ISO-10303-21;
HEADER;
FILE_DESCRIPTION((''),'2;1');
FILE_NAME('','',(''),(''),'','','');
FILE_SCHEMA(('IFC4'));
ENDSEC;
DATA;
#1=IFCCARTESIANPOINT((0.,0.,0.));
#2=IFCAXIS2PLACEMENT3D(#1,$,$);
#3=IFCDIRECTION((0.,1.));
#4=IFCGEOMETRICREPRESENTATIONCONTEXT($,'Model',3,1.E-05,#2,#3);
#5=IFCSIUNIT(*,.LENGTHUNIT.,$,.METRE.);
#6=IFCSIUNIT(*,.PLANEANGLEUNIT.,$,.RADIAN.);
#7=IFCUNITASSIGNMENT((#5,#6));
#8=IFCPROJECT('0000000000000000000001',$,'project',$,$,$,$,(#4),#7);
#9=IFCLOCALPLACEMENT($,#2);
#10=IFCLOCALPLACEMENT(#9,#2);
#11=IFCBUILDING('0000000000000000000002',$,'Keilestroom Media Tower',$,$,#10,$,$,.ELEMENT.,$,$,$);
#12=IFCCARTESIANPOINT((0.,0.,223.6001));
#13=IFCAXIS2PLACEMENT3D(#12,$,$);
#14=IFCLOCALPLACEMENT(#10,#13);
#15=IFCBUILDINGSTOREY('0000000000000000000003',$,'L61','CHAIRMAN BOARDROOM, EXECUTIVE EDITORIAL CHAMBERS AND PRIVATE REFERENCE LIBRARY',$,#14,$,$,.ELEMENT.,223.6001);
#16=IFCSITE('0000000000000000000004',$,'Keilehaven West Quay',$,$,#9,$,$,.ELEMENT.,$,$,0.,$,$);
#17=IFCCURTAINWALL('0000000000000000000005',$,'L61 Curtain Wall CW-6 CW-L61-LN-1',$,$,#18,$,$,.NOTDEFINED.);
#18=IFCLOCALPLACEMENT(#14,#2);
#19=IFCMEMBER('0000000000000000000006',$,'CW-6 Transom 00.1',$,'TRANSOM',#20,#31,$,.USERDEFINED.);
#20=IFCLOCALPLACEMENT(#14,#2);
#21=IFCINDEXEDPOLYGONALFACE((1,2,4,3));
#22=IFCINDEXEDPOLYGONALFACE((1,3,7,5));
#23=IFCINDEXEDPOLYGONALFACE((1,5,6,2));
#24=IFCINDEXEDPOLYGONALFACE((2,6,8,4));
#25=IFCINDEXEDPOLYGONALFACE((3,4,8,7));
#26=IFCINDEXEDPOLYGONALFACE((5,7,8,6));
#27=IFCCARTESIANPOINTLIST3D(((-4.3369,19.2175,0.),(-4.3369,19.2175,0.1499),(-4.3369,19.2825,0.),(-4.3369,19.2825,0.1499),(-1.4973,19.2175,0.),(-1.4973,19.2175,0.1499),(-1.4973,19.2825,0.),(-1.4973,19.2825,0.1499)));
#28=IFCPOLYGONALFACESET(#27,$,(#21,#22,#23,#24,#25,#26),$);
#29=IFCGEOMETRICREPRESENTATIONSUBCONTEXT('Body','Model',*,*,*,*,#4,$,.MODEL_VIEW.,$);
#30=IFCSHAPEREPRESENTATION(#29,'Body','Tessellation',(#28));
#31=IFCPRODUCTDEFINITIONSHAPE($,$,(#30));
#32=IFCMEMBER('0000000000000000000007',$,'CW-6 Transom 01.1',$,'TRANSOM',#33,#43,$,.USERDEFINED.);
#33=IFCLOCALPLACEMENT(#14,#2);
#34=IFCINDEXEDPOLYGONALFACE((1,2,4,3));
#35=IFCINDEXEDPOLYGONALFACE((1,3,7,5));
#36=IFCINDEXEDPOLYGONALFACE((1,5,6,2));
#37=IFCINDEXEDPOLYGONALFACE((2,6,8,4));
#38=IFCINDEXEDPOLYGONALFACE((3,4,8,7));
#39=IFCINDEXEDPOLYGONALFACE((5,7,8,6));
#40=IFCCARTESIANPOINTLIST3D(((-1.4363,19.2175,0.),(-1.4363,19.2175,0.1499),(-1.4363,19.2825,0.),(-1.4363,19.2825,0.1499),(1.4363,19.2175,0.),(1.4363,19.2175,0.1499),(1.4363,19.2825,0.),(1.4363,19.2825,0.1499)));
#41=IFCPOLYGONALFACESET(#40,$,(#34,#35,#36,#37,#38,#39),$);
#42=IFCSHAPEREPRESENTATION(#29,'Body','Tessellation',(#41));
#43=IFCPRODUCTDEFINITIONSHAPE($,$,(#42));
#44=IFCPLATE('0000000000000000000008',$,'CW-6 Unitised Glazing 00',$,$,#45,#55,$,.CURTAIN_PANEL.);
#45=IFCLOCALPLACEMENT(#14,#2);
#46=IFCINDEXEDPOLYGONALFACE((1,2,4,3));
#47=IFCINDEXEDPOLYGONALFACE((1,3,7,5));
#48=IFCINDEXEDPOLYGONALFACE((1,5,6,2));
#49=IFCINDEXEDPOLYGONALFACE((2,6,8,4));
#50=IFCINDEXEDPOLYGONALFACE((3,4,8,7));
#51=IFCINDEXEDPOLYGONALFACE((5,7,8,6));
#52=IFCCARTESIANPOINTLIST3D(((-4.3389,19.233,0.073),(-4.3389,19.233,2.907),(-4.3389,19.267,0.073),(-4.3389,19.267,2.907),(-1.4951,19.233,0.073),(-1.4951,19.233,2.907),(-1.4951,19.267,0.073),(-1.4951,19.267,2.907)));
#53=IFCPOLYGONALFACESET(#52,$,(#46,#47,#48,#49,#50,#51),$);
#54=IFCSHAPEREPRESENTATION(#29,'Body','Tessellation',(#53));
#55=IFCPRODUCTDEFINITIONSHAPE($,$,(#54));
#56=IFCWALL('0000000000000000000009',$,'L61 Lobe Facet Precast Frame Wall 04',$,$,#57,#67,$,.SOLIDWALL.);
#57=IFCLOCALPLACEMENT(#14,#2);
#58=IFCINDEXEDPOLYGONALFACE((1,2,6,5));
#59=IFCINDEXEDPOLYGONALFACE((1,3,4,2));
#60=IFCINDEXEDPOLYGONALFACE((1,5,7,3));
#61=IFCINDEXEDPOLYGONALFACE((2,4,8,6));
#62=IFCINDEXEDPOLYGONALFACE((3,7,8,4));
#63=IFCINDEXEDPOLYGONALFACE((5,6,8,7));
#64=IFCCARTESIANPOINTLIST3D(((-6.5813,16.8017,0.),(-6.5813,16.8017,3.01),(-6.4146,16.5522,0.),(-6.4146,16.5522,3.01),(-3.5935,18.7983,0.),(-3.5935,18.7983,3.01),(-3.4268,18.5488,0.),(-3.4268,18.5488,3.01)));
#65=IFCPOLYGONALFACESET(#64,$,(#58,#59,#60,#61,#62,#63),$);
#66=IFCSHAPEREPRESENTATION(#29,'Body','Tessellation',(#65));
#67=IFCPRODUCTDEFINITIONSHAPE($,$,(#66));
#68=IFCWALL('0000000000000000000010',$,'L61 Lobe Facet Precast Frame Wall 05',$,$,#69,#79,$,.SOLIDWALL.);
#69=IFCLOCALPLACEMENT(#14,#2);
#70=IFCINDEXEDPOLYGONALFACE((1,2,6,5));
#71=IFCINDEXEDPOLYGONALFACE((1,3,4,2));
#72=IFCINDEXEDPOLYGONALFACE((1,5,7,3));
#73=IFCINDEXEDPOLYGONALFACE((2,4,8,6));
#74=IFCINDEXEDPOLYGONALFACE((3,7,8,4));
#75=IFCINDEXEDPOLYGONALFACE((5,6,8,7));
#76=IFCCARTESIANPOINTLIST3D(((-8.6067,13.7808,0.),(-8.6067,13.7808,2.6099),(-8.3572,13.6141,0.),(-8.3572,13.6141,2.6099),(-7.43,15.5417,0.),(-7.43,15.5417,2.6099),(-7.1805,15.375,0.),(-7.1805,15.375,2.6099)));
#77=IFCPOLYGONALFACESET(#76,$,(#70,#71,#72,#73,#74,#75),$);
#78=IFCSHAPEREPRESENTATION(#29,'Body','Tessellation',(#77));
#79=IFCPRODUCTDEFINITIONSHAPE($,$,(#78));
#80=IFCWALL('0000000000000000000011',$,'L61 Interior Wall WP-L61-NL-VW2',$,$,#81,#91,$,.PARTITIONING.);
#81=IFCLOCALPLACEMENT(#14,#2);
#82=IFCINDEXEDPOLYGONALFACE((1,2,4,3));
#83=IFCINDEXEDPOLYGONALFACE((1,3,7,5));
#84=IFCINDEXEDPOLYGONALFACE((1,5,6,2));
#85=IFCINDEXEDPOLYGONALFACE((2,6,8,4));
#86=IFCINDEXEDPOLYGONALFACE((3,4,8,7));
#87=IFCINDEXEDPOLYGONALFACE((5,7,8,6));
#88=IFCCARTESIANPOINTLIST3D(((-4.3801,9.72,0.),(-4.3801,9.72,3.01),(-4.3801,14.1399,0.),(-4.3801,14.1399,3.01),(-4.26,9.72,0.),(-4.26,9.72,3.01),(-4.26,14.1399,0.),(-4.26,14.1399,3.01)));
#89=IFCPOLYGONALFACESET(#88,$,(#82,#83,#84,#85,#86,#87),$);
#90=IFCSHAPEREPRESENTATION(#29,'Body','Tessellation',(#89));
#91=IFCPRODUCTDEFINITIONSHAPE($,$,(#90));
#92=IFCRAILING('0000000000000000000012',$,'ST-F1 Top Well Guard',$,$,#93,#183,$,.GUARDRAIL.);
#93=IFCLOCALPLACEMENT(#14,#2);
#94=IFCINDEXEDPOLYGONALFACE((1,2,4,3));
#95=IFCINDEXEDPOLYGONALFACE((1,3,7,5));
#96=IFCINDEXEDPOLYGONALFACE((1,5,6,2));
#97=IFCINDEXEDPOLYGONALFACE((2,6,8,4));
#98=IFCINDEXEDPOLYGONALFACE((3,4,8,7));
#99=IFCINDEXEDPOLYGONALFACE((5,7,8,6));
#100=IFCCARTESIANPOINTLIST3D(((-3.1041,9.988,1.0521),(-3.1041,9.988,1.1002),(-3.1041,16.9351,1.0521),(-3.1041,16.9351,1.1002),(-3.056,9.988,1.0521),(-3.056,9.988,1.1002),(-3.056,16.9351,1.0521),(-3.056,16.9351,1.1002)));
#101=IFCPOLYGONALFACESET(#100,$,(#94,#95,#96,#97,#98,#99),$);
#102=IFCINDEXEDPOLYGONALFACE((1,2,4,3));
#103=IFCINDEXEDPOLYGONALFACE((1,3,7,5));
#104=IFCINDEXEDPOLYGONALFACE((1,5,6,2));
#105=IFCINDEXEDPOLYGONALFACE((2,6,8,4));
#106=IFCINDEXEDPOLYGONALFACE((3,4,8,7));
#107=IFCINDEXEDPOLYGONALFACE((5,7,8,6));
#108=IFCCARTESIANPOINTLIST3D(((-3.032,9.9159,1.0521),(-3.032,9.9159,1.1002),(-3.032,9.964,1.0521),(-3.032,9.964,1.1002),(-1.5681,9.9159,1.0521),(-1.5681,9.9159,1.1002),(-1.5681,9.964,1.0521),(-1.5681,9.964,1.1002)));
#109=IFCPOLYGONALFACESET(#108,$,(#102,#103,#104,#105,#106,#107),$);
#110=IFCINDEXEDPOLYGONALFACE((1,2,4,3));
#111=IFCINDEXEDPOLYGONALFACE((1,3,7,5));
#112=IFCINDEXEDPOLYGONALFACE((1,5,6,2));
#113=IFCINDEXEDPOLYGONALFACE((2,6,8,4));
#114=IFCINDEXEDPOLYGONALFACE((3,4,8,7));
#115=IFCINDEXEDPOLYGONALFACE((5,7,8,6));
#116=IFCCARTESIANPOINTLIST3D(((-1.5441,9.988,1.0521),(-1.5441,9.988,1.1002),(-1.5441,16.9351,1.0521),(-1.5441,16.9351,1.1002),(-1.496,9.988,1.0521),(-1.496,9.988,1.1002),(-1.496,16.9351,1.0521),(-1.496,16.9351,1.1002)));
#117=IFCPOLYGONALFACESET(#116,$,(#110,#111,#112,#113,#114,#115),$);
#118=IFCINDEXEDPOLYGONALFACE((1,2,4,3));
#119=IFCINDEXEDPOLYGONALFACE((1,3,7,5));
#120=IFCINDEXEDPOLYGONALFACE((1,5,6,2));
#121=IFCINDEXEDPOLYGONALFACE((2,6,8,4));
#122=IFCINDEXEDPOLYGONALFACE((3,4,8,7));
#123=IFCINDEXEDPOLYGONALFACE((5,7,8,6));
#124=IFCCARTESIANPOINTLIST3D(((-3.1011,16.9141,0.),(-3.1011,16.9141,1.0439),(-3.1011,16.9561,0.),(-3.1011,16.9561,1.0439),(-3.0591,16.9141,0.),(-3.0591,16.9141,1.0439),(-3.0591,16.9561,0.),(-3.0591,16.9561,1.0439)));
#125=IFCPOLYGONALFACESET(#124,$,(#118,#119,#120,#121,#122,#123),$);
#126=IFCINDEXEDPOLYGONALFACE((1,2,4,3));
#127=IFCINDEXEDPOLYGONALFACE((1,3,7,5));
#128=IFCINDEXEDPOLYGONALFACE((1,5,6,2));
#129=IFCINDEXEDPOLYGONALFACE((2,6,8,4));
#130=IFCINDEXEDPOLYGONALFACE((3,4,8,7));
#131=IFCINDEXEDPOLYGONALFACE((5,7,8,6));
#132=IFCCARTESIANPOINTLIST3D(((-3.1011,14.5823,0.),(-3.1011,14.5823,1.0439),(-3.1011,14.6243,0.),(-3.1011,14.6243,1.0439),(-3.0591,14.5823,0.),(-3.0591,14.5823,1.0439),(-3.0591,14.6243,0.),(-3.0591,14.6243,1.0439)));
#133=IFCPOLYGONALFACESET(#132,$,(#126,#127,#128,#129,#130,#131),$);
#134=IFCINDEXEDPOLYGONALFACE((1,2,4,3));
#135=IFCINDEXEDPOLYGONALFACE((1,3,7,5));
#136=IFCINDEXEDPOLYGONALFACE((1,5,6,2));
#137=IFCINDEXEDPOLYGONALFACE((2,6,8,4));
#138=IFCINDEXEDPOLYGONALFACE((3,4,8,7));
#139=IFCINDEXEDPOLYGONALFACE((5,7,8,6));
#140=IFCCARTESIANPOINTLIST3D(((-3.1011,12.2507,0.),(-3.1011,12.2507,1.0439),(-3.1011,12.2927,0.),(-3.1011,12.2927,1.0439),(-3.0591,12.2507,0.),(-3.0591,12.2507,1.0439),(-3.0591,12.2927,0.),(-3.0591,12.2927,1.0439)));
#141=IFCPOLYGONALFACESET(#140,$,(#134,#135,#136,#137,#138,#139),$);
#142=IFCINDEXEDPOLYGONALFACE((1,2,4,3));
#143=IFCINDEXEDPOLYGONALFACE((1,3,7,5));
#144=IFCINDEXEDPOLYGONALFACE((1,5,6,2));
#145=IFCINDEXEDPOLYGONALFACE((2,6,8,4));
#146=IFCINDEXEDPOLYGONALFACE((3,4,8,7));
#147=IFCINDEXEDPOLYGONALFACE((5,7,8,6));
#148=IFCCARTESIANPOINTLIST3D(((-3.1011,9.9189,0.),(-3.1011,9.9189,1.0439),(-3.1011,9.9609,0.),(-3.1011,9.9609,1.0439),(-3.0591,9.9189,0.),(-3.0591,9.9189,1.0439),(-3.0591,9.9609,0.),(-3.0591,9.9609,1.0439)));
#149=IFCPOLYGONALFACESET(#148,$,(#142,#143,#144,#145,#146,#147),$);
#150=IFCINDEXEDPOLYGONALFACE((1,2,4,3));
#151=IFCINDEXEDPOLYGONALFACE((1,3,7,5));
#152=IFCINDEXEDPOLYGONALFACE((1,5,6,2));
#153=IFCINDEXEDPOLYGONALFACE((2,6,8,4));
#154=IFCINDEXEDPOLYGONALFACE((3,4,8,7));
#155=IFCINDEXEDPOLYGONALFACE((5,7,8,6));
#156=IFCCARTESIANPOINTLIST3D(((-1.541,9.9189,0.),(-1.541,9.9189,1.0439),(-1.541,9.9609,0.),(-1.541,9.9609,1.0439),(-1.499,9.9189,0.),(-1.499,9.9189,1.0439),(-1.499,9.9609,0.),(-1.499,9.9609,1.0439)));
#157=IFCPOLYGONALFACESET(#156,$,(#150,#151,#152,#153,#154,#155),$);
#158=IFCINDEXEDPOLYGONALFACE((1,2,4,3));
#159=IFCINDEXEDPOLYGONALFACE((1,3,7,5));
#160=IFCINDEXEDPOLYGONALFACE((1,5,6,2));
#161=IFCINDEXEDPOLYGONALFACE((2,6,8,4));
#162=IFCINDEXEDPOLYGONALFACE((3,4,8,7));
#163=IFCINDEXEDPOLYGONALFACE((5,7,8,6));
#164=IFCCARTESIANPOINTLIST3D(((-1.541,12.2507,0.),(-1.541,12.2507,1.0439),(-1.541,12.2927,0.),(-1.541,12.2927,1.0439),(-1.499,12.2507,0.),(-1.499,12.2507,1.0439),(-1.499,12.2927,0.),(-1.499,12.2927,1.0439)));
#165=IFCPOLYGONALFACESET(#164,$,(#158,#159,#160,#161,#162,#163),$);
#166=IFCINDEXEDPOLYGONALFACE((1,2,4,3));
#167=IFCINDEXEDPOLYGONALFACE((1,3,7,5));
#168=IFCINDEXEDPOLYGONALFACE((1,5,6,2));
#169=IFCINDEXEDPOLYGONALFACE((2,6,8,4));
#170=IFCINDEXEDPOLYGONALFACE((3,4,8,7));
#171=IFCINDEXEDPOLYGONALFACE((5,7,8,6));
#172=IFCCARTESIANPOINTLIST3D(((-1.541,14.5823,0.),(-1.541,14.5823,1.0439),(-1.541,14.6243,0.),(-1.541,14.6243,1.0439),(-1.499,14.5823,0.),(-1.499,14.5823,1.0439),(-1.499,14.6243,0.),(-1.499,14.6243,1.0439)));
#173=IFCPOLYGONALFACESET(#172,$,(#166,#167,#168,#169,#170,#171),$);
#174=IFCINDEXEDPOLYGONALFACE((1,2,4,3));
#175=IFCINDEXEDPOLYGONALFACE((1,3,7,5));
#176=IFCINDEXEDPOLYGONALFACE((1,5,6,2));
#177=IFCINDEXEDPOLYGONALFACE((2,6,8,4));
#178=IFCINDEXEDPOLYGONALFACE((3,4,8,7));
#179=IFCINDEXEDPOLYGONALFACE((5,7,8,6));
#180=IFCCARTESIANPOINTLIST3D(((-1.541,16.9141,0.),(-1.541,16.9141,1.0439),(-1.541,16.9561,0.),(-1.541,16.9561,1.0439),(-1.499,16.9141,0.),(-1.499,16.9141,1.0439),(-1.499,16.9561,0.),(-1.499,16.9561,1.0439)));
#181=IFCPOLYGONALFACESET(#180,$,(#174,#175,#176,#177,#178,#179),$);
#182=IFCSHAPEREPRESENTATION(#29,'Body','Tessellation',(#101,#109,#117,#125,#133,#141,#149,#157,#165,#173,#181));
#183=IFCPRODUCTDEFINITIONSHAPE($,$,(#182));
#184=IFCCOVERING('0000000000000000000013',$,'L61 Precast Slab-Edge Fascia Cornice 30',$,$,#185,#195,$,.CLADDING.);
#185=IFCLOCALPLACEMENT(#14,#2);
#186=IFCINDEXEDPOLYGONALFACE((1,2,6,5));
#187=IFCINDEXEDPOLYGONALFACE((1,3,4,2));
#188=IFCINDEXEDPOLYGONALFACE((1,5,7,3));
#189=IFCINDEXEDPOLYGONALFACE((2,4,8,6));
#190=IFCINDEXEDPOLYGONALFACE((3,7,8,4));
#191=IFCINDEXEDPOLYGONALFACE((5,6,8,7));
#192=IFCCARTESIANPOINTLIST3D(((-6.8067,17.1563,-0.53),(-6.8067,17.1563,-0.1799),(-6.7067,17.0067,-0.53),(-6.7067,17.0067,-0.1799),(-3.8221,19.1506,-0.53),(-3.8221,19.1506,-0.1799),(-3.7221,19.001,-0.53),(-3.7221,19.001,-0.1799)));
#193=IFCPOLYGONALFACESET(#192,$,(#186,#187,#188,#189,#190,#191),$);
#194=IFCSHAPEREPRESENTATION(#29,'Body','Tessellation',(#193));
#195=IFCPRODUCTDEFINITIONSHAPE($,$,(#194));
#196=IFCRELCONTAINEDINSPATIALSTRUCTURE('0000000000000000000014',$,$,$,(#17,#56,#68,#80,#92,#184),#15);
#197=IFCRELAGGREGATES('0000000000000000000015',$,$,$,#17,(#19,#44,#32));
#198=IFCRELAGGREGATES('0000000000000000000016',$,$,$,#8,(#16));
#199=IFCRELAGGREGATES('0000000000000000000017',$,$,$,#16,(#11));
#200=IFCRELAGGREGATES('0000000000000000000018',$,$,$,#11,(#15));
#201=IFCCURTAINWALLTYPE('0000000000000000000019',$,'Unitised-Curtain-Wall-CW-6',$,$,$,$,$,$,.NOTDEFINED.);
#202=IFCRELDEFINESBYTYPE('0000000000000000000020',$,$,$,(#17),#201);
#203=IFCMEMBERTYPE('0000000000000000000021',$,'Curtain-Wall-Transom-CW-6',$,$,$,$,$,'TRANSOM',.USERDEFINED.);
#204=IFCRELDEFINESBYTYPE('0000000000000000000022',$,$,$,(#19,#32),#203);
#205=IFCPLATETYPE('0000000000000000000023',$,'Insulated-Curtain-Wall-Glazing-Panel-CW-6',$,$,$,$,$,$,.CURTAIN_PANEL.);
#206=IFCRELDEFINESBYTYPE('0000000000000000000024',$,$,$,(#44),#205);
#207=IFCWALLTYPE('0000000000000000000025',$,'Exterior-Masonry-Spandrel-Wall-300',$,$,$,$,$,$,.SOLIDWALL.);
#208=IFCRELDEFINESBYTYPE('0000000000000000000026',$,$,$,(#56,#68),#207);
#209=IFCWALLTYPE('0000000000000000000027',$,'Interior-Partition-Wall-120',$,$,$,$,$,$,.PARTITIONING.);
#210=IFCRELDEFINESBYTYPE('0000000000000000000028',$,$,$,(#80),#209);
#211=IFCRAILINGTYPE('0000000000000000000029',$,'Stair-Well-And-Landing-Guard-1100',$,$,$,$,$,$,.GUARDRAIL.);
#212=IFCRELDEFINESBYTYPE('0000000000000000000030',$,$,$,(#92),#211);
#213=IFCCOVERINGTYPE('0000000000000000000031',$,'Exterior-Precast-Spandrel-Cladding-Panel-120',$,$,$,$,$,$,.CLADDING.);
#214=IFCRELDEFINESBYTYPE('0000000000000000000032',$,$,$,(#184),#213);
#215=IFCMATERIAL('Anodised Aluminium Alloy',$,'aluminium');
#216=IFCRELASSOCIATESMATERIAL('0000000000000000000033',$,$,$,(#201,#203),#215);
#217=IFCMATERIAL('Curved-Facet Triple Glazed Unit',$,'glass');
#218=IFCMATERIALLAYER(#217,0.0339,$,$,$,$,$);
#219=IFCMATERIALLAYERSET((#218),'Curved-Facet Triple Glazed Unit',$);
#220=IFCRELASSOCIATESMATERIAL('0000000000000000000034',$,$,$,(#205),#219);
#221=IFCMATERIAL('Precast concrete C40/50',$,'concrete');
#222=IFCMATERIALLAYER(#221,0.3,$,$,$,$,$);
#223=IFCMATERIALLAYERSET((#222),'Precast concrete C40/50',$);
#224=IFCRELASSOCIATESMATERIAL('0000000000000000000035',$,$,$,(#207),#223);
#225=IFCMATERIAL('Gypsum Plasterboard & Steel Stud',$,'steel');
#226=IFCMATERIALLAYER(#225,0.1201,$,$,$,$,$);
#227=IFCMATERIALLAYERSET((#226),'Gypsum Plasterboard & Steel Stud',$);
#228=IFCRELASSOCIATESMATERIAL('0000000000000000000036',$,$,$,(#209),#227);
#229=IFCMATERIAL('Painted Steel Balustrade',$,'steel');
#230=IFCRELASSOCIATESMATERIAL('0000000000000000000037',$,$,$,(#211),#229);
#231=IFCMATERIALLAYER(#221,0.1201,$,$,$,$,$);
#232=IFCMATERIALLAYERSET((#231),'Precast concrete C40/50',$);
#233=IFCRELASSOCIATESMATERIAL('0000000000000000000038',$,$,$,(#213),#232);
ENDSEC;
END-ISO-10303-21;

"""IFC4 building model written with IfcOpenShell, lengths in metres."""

from ifc_helpers import new_model, si_unit, direction, frame, frame_2d, origin, origin_2d, place, context, subcontext, project, spatial, rectangle, extrude, source, transform, mapped, material, layer, layer_set, material_profile, profile_set, type_object, element, aggregate, save


model = new_model("IFC4")

# Units and contexts
model_context = context("Model", 3, precision=1e-05, world=origin(), true_north=direction((0.0, 1.0)))
body_context = subcontext(model_context, "Body", "Model", "MODEL_VIEW")
ifc_project = project(units=[si_unit("LENGTHUNIT", "METRE"), si_unit("PLANEANGLEUNIT", "RADIAN")], contexts=[model_context])

# Site, building, storey
site_placement = place(None, origin())
site = spatial("IfcSite", under=ifc_project, at=site_placement, Name="Keilehaven West Quay", CompositionType="ELEMENT", RefElevation=0.0)
building_placement = place(site_placement, origin())
building = spatial("IfcBuilding", under=site, at=building_placement, Name="Keilestroom Media Tower", CompositionType="ELEMENT")
storey_placement = place(building_placement, frame((0.0, 0.0, 223.6001)))
storey = spatial("IfcBuildingStorey", under=building, at=storey_placement, Name="L61", Description="CHAIRMAN BOARDROOM, EXECUTIVE EDITORIAL CHAMBERS AND PRIVATE REFERENCE LIBRARY", CompositionType="ELEMENT", Elevation=223.6001)

# Curtain wall, members, plate
ifc_material_1 = material(Name="Anodised Aluminium Alloy", Category="aluminium")
curtain_wall_type = type_object("IfcCurtainWallType", Name="Unitised-Curtain-Wall-CW-6", PredefinedType="NOTDEFINED", material=ifc_material_1)
curtain_wall_placement = place(storey_placement, origin())
curtain_wall = element("IfcCurtainWall", 1, at=curtain_wall_placement, inside=storey, type_object=curtain_wall_type, Name="L61 Curtain Wall CW-6 CW-L61-LN-1", PredefinedType="NOTDEFINED")
ifc_material_profile_1 = material_profile(ifc_material_1, rectangle(XDim=0.0649, YDim=0.1499, at=origin_2d()), Name="ALU TRANSOM 65x150")
ifc_profile_set_1 = profile_set([ifc_material_profile_1], Name="Anodised Aluminium Alloy")
member_type_1 = type_object("IfcMemberType", Name="Curtain-Wall-Transom-CW-6", ElementType="TRANSOM", PredefinedType="USERDEFINED", material=ifc_profile_set_1)
shared_shape_1 = source(origin(), body_context, "Body", "SweptSolid", [
    extrude(rectangle(XDim=0.0649, YDim=0.1499, at=origin_2d()), origin(), (0.0, 0.0, 1.0), 2.8396),
])
member_1_placement = place(storey_placement, frame((-4.3369, 19.25, 0.075), z_axis=(1.0, 0.0, 0.0), x_axis=(0.0, 1.0, 0.0)))
member_1 = element("IfcMember", 2, at=member_1_placement, type_object=member_type_1, Name="CW-6 Transom 00.1", ObjectType="TRANSOM", PredefinedType="USERDEFINED", context=body_context, shape_type="MappedRepresentation", body=[
    mapped(shared_shape_1, transform((0.0, 0.0, 0.0), x_axis=(1.0, 0.0, 0.0), y_axis=(0.0, 1.0, 0.0), z_axis=(0.0, 0.0, 1.0), scale=1.0)),
])
shared_shape_2 = source(origin(), body_context, "Body", "SweptSolid", [
    extrude(rectangle(XDim=0.0649, YDim=0.1499, at=origin_2d()), origin(), (0.0, 0.0, 1.0), 2.8726),
])
member_2_placement = place(storey_placement, frame((-1.4363, 19.25, 0.075), z_axis=(1.0, 0.0, 0.0), x_axis=(0.0, 1.0, 0.0)))
member_2 = element("IfcMember", 3, at=member_2_placement, type_object=member_type_1, Name="CW-6 Transom 01.1", ObjectType="TRANSOM", PredefinedType="USERDEFINED", context=body_context, shape_type="MappedRepresentation", body=[
    mapped(shared_shape_2, transform((0.0, 0.0, 0.0), x_axis=(1.0, 0.0, 0.0), y_axis=(0.0, 1.0, 0.0), z_axis=(0.0, 0.0, 1.0), scale=1.0)),
])
ifc_material_2 = material(Name="Curved-Facet Triple Glazed Unit", Category="glass")
ifc_layer_1 = layer(ifc_material_2, 0.0339)
ifc_layer_set_1 = layer_set([ifc_layer_1], Name="Curved-Facet Triple Glazed Unit")
plate_type = type_object("IfcPlateType", Name="Insulated-Curtain-Wall-Glazing-Panel-CW-6", PredefinedType="CURTAIN_PANEL", material=ifc_layer_set_1)
shared_shape_3 = source(origin(), body_context, "Body", "SweptSolid", [
    extrude(rectangle(XDim=2.8438, YDim=0.0339, at=origin_2d()), origin(), (0.0, 0.0, 1.0), 2.834),
])
plate_placement = place(storey_placement, frame((-2.917, 19.25, 0.073), z_axis=(0.0, 0.0, 1.0), x_axis=(1.0, 0.0, 0.0)))
plate = element("IfcPlate", 4, at=plate_placement, type_object=plate_type, Name="CW-6 Unitised Glazing 00", PredefinedType="CURTAIN_PANEL", context=body_context, shape_type="MappedRepresentation", body=[
    mapped(shared_shape_3, transform((0.0, 0.0, 0.0), x_axis=(1.0, 0.0, 0.0), y_axis=(0.0, 1.0, 0.0), z_axis=(0.0, 0.0, 1.0), scale=1.0)),
])
aggregate(curtain_wall, [member_1, plate, member_2])

# Walls
ifc_material_3 = material(Name="Precast concrete C40/50", Category="concrete")
ifc_layer_2 = layer(ifc_material_3, 0.3)
ifc_layer_set_2 = layer_set([ifc_layer_2], Name="Precast concrete C40/50")
wall_type_1 = type_object("IfcWallType", Name="Exterior-Masonry-Spandrel-Wall-300", PredefinedType="SOLIDWALL", material=ifc_layer_set_2)
wall_1_placement = place(storey_placement, frame((-3.51, 18.6736, 0.0), z_axis=(0.0, 0.0, 1.0), x_axis=(-0.831444, -0.555609, 0.0)))
element("IfcWall", 5, at=wall_1_placement, inside=storey, type_object=wall_type_1, Name="L61 Lobe Facet Precast Frame Wall 04", PredefinedType="SOLIDWALL", context=body_context, shape_type="SweptSolid", body=[
    extrude(rectangle(XDim=3.5935, YDim=0.3, at=frame_2d((1.7969, 0.0))), origin(), (0.0, 0.0, 1.0), 3.01),
])
wall_2_placement = place(storey_placement, frame((-7.3052, 15.4585, 0.0), z_axis=(0.0, 0.0, 1.0), x_axis=(-0.555604, -0.831447, 0.0)))
element("IfcWall", 6, at=wall_2_placement, inside=storey, type_object=wall_type_1, Name="L61 Lobe Facet Precast Frame Wall 05", PredefinedType="SOLIDWALL", context=body_context, shape_type="SweptSolid", body=[
    extrude(rectangle(XDim=2.1179, YDim=0.3, at=frame_2d((1.0591, 0.0))), origin(), (0.0, 0.0, 1.0), 2.6099),
])
ifc_material_4 = material(Name="Gypsum Plasterboard & Steel Stud", Category="steel")
ifc_layer_3 = layer(ifc_material_4, 0.1201)
ifc_layer_set_3 = layer_set([ifc_layer_3], Name="Gypsum Plasterboard & Steel Stud")
wall_type_2 = type_object("IfcWallType", Name="Interior-Partition-Wall-120", PredefinedType="PARTITIONING", material=ifc_layer_set_3)
wall_3_placement = place(storey_placement, frame((-4.3201, 9.72, 0.0), z_axis=(0.0, 0.0, 1.0), x_axis=(0.0, 1.0, 0.0)))
element("IfcWall", 7, at=wall_3_placement, inside=storey, type_object=wall_type_2, Name="L61 Interior Wall WP-L61-NL-VW2", PredefinedType="PARTITIONING", context=body_context, shape_type="SweptSolid", body=[
    extrude(rectangle(XDim=4.4199, YDim=0.1201, at=frame_2d((2.21, 0.0))), origin(), (0.0, 0.0, 1.0), 3.01),
])

# Railing
ifc_material_5 = material(Name="Painted Steel Balustrade", Category="steel")
railing_type = type_object("IfcRailingType", Name="Stair-Well-And-Landing-Guard-1100", PredefinedType="GUARDRAIL", material=ifc_material_5)
railing_placement = place(storey_placement, frame((-3.0801, 16.9351, 0.0)))
element("IfcRailing", 8, at=railing_placement, inside=storey, type_object=railing_type, Name="ST-F1 Top Well Guard", PredefinedType="GUARDRAIL", context=body_context, shape_type="SweptSolid", body=[
    extrude(rectangle(XDim=0.0481, YDim=0.0481, at=origin_2d()), frame((0.0, 0.0, 1.0762), z_axis=(0.0, -1.0, 0.0), x_axis=(1.0, 0.0, 0.0)), (0.0, 0.0, 1.0), 6.947),
    extrude(rectangle(XDim=0.0481, YDim=0.0481, at=origin_2d()), frame((0.0481, -6.9951, 1.0762), z_axis=(1.0, 0.0, 0.0), x_axis=(0.0, 1.0, 0.0)), (0.0, 0.0, 1.0), 1.4639),
    extrude(rectangle(XDim=0.0481, YDim=0.0481, at=origin_2d()), frame((1.5601, -6.947, 1.0762), z_axis=(0.0, 1.0, 0.0), x_axis=(-1.0, 0.0, 0.0)), (0.0, 0.0, 1.0), 6.947),
    extrude(rectangle(XDim=0.042, YDim=0.042, at=origin_2d()), origin(), (0.0, 0.0, 1.0), 1.0439),
    extrude(rectangle(XDim=0.042, YDim=0.042, at=origin_2d()), frame((0.0, -2.3318, 0.0)), (0.0, 0.0, 1.0), 1.0439),
    extrude(rectangle(XDim=0.042, YDim=0.042, at=origin_2d()), frame((0.0, -4.6633, 0.0)), (0.0, 0.0, 1.0), 1.0439),
    extrude(rectangle(XDim=0.042, YDim=0.042, at=origin_2d()), frame((0.0, -6.9951, 0.0)), (0.0, 0.0, 1.0), 1.0439),
    extrude(rectangle(XDim=0.042, YDim=0.042, at=origin_2d()), frame((1.5601, -6.9951, 0.0)), (0.0, 0.0, 1.0), 1.0439),
    extrude(rectangle(XDim=0.042, YDim=0.042, at=origin_2d()), frame((1.5601, -4.6633, 0.0)), (0.0, 0.0, 1.0), 1.0439),
    extrude(rectangle(XDim=0.042, YDim=0.042, at=origin_2d()), frame((1.5601, -2.3318, 0.0)), (0.0, 0.0, 1.0), 1.0439),
    extrude(rectangle(XDim=0.042, YDim=0.042, at=origin_2d()), frame((1.5601, 0.0, 0.0)), (0.0, 0.0, 1.0), 1.0439),
])

# Covering
ifc_layer_4 = layer(ifc_material_3, 0.1201)
ifc_layer_set_4 = layer_set([ifc_layer_4], Name="Precast concrete C40/50")
covering_type = type_object("IfcCoveringType", Name="Exterior-Precast-Spandrel-Cladding-Panel-120", PredefinedType="CLADDING", material=ifc_layer_set_4)
shared_shape_4 = source(origin(), body_context, "Body", "SweptSolid", [
    extrude(rectangle(XDim=3.5896, YDim=0.1799, at=origin_2d()), origin(), (0.0, 0.0, 1.0), 0.3501),
])
for number, where, z_axis, x_axis, name in (
    (9, (-5.2644, 18.0786, -0.53), (0.0, 0.0, 1.0), (0.831467, 0.555575, 0.0), "L61 Precast Slab-Edge Fascia Cornice 30"),
):
    element("IfcCovering", number, at=place(storey_placement, frame(where, z_axis=z_axis, x_axis=x_axis)), inside=storey, type_object=covering_type, Name=name, PredefinedType="CLADDING", context=body_context, shape_type="MappedRepresentation", body=[
        mapped(shared_shape_4, transform((0.0, 0.0, 0.0), x_axis=(1.0, 0.0, 0.0), y_axis=(0.0, 1.0, 0.0), z_axis=(0.0, 0.0, 1.0), scale=1.0)),
    ])

save(model, "model.ifc")
